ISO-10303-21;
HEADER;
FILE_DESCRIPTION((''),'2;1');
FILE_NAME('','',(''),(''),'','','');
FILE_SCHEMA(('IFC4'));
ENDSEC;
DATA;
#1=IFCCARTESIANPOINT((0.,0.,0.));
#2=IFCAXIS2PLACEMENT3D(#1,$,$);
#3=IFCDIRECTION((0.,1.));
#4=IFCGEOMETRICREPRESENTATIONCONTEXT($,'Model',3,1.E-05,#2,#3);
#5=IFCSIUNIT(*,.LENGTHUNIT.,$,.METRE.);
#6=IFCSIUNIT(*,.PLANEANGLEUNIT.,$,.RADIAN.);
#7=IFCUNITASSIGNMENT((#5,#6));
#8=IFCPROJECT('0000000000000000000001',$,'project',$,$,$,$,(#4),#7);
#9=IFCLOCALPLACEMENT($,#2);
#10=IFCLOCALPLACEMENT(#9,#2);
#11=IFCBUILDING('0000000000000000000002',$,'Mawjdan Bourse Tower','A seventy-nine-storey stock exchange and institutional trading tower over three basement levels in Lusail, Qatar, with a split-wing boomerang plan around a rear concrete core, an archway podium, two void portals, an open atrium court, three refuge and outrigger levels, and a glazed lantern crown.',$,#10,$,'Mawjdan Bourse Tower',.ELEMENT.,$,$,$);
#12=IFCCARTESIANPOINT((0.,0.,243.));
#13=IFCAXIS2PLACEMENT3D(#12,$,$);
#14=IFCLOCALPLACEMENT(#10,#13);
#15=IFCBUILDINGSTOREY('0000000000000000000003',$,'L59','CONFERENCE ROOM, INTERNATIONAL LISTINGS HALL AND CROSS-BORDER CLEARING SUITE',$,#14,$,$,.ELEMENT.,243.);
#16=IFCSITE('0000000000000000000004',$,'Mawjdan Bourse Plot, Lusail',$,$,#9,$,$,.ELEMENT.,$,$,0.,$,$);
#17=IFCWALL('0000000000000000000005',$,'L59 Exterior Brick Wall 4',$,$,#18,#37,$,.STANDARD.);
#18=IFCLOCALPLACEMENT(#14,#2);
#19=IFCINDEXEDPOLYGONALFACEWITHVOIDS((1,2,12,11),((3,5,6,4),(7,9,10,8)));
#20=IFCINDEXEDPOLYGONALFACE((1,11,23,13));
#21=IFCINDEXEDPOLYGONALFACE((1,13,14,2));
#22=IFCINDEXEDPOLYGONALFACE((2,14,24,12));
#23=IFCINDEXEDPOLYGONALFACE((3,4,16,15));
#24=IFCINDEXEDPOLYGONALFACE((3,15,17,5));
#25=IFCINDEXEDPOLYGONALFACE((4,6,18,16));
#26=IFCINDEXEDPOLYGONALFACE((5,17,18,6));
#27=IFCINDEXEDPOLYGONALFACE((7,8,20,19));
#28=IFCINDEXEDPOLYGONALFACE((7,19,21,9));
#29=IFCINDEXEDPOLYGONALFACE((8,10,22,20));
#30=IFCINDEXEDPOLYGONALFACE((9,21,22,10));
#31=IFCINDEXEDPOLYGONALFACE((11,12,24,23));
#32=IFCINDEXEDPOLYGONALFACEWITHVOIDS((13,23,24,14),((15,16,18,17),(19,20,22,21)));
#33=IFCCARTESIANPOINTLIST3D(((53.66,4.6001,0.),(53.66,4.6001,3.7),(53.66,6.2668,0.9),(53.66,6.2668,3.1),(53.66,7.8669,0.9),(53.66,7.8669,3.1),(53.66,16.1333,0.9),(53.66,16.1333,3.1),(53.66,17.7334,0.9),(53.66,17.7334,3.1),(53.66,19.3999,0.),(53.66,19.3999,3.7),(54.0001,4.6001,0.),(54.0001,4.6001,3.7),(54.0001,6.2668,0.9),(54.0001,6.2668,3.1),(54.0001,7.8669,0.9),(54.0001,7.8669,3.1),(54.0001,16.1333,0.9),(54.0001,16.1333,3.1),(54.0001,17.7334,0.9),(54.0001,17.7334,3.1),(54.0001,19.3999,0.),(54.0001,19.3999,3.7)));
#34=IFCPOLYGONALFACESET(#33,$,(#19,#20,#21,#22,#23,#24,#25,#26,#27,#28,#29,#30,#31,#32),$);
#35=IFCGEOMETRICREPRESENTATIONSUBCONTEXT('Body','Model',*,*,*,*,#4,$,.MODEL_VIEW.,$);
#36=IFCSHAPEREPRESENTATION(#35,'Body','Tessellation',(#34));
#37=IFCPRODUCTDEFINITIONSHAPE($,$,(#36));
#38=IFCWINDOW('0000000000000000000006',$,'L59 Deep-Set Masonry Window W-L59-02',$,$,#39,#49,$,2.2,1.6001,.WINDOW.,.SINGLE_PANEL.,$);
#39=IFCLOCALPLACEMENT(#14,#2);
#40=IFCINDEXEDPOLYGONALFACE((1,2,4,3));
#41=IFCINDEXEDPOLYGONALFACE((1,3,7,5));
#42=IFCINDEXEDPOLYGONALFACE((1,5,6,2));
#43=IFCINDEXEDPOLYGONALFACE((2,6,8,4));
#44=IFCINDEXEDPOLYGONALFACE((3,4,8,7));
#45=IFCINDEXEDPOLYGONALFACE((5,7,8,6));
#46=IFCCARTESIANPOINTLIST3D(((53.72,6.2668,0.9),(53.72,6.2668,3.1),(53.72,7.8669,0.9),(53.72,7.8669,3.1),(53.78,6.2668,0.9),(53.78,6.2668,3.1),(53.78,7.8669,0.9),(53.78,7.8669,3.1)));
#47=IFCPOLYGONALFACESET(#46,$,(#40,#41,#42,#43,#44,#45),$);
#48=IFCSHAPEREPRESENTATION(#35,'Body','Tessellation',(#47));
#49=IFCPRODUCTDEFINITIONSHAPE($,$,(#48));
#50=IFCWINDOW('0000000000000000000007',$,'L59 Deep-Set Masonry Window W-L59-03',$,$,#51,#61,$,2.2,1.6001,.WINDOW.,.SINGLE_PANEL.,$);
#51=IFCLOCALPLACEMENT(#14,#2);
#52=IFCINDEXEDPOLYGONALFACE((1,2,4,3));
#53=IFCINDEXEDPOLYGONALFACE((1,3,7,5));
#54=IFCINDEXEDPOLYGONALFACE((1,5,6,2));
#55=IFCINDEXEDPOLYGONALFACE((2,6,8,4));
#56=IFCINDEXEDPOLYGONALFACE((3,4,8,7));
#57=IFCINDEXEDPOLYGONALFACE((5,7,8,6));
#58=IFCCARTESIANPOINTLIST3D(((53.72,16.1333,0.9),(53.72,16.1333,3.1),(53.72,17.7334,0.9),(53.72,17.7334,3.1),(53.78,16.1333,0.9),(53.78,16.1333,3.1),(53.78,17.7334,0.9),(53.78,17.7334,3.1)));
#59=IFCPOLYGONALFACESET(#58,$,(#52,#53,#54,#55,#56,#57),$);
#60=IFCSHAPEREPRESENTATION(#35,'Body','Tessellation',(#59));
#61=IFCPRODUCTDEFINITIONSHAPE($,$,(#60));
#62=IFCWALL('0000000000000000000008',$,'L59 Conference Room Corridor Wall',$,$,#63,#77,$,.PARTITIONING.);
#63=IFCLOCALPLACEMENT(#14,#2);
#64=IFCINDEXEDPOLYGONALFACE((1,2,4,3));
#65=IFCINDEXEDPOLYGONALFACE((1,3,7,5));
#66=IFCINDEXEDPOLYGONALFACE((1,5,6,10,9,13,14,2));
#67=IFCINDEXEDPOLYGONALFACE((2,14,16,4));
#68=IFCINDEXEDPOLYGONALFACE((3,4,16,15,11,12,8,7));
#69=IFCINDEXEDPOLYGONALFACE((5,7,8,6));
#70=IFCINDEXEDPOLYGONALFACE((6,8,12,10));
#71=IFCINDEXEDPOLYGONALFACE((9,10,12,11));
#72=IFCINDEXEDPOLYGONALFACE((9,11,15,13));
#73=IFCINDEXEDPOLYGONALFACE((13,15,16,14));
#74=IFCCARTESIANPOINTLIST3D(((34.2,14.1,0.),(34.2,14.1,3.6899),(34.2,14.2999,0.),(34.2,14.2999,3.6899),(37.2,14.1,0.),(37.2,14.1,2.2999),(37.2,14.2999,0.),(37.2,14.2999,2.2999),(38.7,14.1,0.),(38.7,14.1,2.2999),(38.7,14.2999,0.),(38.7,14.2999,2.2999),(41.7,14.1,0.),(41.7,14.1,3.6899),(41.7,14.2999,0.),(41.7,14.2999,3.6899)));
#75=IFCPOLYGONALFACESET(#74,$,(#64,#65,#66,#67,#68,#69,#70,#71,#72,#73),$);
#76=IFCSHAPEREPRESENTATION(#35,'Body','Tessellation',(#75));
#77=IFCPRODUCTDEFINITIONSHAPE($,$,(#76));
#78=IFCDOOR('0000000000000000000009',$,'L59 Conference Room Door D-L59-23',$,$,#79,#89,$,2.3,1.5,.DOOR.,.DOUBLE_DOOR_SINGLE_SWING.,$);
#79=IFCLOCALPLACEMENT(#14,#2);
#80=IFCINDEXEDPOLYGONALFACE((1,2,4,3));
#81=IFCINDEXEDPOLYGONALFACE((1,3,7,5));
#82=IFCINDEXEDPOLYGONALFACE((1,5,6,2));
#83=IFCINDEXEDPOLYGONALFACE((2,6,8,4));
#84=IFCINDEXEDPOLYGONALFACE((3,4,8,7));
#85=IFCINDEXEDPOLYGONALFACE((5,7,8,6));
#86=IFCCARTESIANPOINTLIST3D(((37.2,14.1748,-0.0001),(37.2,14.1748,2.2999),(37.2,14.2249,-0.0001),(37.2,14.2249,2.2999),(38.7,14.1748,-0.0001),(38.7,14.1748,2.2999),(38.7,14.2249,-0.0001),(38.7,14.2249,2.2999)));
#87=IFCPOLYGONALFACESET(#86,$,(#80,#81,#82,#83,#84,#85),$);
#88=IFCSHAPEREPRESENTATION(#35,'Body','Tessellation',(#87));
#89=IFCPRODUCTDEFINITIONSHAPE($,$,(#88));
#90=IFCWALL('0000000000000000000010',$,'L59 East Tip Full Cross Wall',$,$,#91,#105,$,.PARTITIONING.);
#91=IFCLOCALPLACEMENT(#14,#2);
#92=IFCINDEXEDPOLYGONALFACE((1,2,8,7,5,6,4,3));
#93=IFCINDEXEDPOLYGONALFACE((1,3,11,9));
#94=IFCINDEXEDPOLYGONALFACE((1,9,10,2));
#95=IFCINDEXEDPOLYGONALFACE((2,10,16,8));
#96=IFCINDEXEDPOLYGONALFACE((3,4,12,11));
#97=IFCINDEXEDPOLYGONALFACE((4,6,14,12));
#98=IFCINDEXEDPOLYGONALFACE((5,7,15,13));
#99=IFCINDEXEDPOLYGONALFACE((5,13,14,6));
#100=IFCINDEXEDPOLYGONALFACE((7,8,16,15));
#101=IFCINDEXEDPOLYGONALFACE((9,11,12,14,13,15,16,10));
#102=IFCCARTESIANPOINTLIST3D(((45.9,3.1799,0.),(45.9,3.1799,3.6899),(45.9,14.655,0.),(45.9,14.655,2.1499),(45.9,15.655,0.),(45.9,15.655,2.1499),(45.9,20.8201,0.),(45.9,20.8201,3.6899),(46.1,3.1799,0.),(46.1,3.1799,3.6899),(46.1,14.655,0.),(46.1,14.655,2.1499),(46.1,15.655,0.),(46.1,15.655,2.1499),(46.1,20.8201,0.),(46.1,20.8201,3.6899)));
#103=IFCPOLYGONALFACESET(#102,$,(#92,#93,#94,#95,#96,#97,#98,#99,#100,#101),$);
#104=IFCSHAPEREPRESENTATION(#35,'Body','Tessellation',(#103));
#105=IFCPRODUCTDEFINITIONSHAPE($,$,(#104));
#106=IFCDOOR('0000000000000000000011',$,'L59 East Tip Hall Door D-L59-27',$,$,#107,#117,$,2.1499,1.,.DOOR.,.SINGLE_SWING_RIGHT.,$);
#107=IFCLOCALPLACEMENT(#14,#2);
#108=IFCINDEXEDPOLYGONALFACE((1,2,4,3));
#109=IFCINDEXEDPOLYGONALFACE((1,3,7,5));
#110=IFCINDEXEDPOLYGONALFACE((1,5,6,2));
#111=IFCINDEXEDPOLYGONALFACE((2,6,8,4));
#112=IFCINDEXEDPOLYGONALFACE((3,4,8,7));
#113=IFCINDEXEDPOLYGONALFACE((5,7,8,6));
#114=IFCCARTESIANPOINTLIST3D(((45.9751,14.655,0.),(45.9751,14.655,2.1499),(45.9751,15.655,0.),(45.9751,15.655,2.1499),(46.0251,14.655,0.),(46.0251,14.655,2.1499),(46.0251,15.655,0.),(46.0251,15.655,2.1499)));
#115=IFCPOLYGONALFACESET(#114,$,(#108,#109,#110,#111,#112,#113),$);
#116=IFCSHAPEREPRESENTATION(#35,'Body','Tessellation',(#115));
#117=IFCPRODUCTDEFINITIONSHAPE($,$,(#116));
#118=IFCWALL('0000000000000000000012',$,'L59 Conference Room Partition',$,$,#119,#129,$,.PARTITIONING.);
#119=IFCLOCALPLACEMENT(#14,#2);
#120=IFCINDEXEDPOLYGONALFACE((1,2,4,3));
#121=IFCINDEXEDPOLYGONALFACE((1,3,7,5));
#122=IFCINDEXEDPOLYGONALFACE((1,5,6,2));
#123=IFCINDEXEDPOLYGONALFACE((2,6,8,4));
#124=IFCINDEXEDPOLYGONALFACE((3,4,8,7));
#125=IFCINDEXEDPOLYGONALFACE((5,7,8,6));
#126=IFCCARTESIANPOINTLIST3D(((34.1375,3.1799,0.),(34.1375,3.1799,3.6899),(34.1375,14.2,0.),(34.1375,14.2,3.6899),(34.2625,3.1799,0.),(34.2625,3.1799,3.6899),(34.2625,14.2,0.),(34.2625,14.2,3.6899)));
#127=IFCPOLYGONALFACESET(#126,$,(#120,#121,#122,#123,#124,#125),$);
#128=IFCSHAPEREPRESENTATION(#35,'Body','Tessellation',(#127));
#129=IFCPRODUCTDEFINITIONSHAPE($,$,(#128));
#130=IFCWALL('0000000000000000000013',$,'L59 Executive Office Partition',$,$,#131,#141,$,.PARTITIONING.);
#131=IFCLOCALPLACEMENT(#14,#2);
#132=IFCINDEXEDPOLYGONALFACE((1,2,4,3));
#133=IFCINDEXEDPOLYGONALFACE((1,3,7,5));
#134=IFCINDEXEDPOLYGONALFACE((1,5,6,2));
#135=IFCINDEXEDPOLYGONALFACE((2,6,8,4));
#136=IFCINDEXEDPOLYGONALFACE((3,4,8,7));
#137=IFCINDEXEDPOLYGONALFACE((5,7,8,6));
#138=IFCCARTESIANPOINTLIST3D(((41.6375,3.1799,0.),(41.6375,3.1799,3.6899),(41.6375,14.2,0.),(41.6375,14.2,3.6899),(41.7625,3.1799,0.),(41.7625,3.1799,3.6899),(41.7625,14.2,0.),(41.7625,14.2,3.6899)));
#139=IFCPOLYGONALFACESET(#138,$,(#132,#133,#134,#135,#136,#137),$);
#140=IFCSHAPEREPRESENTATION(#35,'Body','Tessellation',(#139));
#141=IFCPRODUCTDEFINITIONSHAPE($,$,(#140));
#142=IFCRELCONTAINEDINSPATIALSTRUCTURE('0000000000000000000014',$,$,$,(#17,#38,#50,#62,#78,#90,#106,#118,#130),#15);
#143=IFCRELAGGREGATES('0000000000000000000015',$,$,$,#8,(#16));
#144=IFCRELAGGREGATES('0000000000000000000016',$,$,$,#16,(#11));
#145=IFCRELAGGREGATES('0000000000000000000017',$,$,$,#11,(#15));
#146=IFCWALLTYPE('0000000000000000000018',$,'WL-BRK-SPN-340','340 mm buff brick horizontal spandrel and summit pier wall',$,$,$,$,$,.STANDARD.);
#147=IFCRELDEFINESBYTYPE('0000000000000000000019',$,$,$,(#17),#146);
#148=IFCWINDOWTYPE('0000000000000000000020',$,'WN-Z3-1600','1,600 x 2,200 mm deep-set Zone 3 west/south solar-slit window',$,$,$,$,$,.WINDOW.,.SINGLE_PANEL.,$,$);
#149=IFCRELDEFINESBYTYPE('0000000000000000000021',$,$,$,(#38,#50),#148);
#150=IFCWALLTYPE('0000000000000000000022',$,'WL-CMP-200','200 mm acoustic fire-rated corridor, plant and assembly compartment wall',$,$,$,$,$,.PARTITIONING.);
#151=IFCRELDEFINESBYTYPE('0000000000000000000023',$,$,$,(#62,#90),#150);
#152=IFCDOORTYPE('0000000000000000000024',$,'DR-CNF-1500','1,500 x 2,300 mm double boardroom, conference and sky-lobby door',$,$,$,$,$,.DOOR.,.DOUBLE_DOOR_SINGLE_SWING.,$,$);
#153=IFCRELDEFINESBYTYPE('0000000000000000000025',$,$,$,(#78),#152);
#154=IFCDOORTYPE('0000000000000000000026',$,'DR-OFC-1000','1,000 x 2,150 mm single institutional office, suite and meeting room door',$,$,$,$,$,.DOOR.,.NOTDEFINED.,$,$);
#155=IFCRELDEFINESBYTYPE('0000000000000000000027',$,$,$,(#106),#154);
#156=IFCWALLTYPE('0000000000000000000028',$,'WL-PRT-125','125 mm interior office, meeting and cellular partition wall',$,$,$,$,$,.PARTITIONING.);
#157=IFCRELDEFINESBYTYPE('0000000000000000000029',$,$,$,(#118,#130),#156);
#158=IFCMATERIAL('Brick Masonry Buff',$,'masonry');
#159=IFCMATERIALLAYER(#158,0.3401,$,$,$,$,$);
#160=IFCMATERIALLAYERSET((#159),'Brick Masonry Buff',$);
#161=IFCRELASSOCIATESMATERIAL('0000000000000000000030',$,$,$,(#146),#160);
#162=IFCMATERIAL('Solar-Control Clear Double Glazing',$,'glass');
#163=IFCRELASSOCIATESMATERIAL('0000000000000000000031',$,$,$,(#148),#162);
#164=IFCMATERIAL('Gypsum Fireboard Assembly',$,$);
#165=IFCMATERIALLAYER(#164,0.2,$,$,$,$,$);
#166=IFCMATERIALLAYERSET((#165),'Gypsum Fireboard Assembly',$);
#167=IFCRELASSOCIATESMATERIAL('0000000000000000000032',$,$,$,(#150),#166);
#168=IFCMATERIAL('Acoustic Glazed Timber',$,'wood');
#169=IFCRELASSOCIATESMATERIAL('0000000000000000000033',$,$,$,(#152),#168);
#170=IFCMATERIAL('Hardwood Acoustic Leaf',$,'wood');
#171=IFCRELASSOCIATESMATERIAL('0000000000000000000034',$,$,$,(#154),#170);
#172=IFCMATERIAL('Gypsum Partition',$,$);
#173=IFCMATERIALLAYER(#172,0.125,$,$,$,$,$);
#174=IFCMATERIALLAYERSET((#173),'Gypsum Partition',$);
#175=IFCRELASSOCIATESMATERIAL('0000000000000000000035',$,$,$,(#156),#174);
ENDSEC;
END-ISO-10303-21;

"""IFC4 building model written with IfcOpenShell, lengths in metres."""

from ifc_helpers import new_model, si_unit, direction, frame, frame_2d, origin, place, context, subcontext, project, spatial, rectangle, extrude, material, layer, layer_set, type_object, element, fill, save


model = new_model("IFC4")

# Units and contexts
model_context = context("Model", 3, precision=1e-05, world=origin(), true_north=direction((0.0, 1.0)))
body_context = subcontext(model_context, "Body", "Model", "MODEL_VIEW")
ifc_project = project(units=[si_unit("LENGTHUNIT", "METRE"), si_unit("PLANEANGLEUNIT", "RADIAN")], contexts=[model_context])

# Site, building, storey
site_placement = place(None, origin())
site = spatial("IfcSite", under=ifc_project, at=site_placement, Name="Mawjdan Bourse Plot, Lusail", CompositionType="ELEMENT", RefElevation=0.0)
building_placement = place(site_placement, origin())
building = spatial("IfcBuilding", under=site, at=building_placement, Name="Mawjdan Bourse Tower", Description="A seventy-nine-storey stock exchange and institutional trading tower over three basement levels in Lusail, Qatar, with a split-wing boomerang plan around a rear concrete core, an archway podium, two void portals, an open atrium court, three refuge and outrigger levels, and a glazed lantern crown.", LongName="Mawjdan Bourse Tower", CompositionType="ELEMENT")
storey_placement = place(building_placement, frame((0.0, 0.0, 243.0)))
storey = spatial("IfcBuildingStorey", under=building, at=storey_placement, Name="L59", Description="CONFERENCE ROOM, INTERNATIONAL LISTINGS HALL AND CROSS-BORDER CLEARING SUITE", CompositionType="ELEMENT", Elevation=243.0)

# Shared definitions
ifc_material_1 = material(Name="Brick Masonry Buff", Category="masonry")
ifc_layer_1 = layer(ifc_material_1, 0.3401)
ifc_layer_set_1 = layer_set([ifc_layer_1], Name="Brick Masonry Buff")
wall_type_1 = type_object("IfcWallType", Name="WL-BRK-SPN-340", Description="340 mm buff brick horizontal spandrel and summit pier wall", PredefinedType="STANDARD", material=ifc_layer_set_1)

# Wall, openings, windows
wall_1_placement = place(storey_placement, frame((53.8301, 4.6001, 0.0), z_axis=(0.0, 0.0, 1.0), x_axis=(0.0, 1.0, 0.0)))
wall_1 = element("IfcWall", 1, at=wall_1_placement, inside=storey, type_object=wall_type_1, Name="L59 Exterior Brick Wall 4", PredefinedType="STANDARD", context=body_context, shape_type="SweptSolid", body=[
    extrude(rectangle(XDim=14.7998, YDim=0.3401, at=frame_2d((7.3999, 0.0))), origin(), (0.0, 0.0, 1.0), 3.7),
])
opening_1_placement = place(wall_1_placement, frame((1.6667, 0.0, 0.8999)))
opening_1 = element("IfcOpeningElement", 2, at=opening_1_placement, cuts=wall_1, PredefinedType="OPENING", context=body_context, shape_type="SweptSolid", body=[
    extrude(rectangle(XDim=1.6001, YDim=2.2, at=frame_2d((0.8, 1.1001))), frame((0.0, 0.1802, 0.0), z_axis=(0.0, -1.0, 0.0), x_axis=(1.0, 0.0, 0.0)), (0.0, 0.0, 1.0), 0.3601),
])
opening_2_placement = place(wall_1_placement, frame((11.5332, 0.0, 0.8999)))
opening_2 = element("IfcOpeningElement", 3, at=opening_2_placement, cuts=wall_1, PredefinedType="OPENING", context=body_context, shape_type="SweptSolid", body=[
    extrude(rectangle(XDim=1.6001, YDim=2.2, at=frame_2d((0.8, 1.1001))), frame((0.0, 0.1802, 0.0), z_axis=(0.0, -1.0, 0.0), x_axis=(1.0, 0.0, 0.0)), (0.0, 0.0, 1.0), 0.3601),
])
ifc_material_2 = material(Name="Solar-Control Clear Double Glazing", Category="glass")
window_type = type_object("IfcWindowType", Name="WN-Z3-1600", Description="1,600 x 2,200 mm deep-set Zone 3 west/south solar-slit window", PartitioningType="SINGLE_PANEL", PredefinedType="WINDOW", material=ifc_material_2)
window_1_placement = place(opening_1_placement, origin())
window_1 = element("IfcWindow", 4, at=window_1_placement, inside=storey, type_object=window_type, Name="L59 Deep-Set Masonry Window W-L59-02", OverallHeight=2.2, OverallWidth=1.6001, PartitioningType="SINGLE_PANEL", PredefinedType="WINDOW", context=body_context, shape_type="SweptSolid", body=[
    extrude(rectangle(XDim=1.6001, YDim=2.2, at=frame_2d((0.8, 1.1001))), frame((0.0, 0.1101, 0.0), z_axis=(0.0, -1.0, 0.0), x_axis=(1.0, 0.0, 0.0)), (0.0, 0.0, 1.0), 0.0601),
])
fill(opening_1, window_1)
window_2_placement = place(opening_2_placement, origin())
window_2 = element("IfcWindow", 5, at=window_2_placement, inside=storey, type_object=window_type, Name="L59 Deep-Set Masonry Window W-L59-03", OverallHeight=2.2, OverallWidth=1.6001, PartitioningType="SINGLE_PANEL", PredefinedType="WINDOW", context=body_context, shape_type="SweptSolid", body=[
    extrude(rectangle(XDim=1.6001, YDim=2.2, at=frame_2d((0.8, 1.1001))), frame((0.0, 0.1101, 0.0), z_axis=(0.0, -1.0, 0.0), x_axis=(1.0, 0.0, 0.0)), (0.0, 0.0, 1.0), 0.0601),
])
fill(opening_2, window_2)

# Walls, openings, doors
ifc_material_3 = material(Name="Gypsum Fireboard Assembly")
ifc_layer_2 = layer(ifc_material_3, 0.2)
ifc_layer_set_2 = layer_set([ifc_layer_2], Name="Gypsum Fireboard Assembly")
wall_type_2 = type_object("IfcWallType", Name="WL-CMP-200", Description="200 mm acoustic fire-rated corridor, plant and assembly compartment wall", PredefinedType="PARTITIONING", material=ifc_layer_set_2)
wall_2_placement = place(storey_placement, frame((34.2, 14.2, 0.0), z_axis=(0.0, 0.0, 1.0), x_axis=(1.0, 0.0, 0.0)))
wall_2 = element("IfcWall", 6, at=wall_2_placement, inside=storey, type_object=wall_type_2, Name="L59 Conference Room Corridor Wall", PredefinedType="PARTITIONING", context=body_context, shape_type="SweptSolid", body=[
    extrude(rectangle(XDim=7.5, YDim=0.2, at=frame_2d((3.75, 0.0))), origin(), (0.0, 0.0, 1.0), 3.6899),
])
opening_3_placement = place(wall_2_placement, frame((3.0, 0.0, 0.0)))
opening_3 = element("IfcOpeningElement", 7, at=opening_3_placement, cuts=wall_2, PredefinedType="OPENING", context=body_context, shape_type="SweptSolid", body=[
    extrude(rectangle(XDim=1.5, YDim=2.3, at=frame_2d((0.75, 1.1499))), frame((0.0, 0.1099, 0.0), z_axis=(0.0, -1.0, 0.0), x_axis=(1.0, 0.0, 0.0)), (0.0, 0.0, 1.0), 0.22),
])
ifc_material_4 = material(Name="Acoustic Glazed Timber", Category="wood")
door_type_1 = type_object("IfcDoorType", Name="DR-CNF-1500", Description="1,500 x 2,300 mm double boardroom, conference and sky-lobby door", OperationType="DOUBLE_DOOR_SINGLE_SWING", PredefinedType="DOOR", material=ifc_material_4)
door_1_placement = place(opening_3_placement, origin())
door_1 = element("IfcDoor", 8, at=door_1_placement, inside=storey, type_object=door_type_1, Name="L59 Conference Room Door D-L59-23", OperationType="DOUBLE_DOOR_SINGLE_SWING", OverallHeight=2.3, OverallWidth=1.5, PredefinedType="DOOR", context=body_context, shape_type="SweptSolid", body=[
    extrude(rectangle(XDim=1.5, YDim=2.3, at=frame_2d((0.75, 1.1499))), frame((0.0, 0.0249, 0.0), z_axis=(0.0, -1.0, 0.0), x_axis=(1.0, 0.0, 0.0)), (0.0, 0.0, 1.0), 0.05),
])
fill(opening_3, door_1)
ifc_material_5 = material(Name="Hardwood Acoustic Leaf", Category="wood")
door_type_2 = type_object("IfcDoorType", Name="DR-OFC-1000", Description="1,000 x 2,150 mm single institutional office, suite and meeting room door", OperationType="NOTDEFINED", PredefinedType="DOOR", material=ifc_material_5)
wall_3_placement = place(storey_placement, frame((46.0, 3.1799, 0.0), z_axis=(0.0, 0.0, 1.0), x_axis=(0.0, 1.0, 0.0)))
wall_3 = element("IfcWall", 9, at=wall_3_placement, inside=storey, type_object=wall_type_2, Name="L59 East Tip Full Cross Wall", PredefinedType="PARTITIONING", context=body_context, shape_type="SweptSolid", body=[
    extrude(rectangle(XDim=17.6401, YDim=0.2, at=frame_2d((8.8201, 0.0))), origin(), (0.0, 0.0, 1.0), 3.6899),
])
opening_4_placement = place(wall_3_placement, frame((11.4751, 0.0, 0.0)))
opening_4 = element("IfcOpeningElement", 10, at=opening_4_placement, cuts=wall_3, PredefinedType="OPENING", context=body_context, shape_type="SweptSolid", body=[
    extrude(rectangle(XDim=1.0, YDim=2.1499, at=frame_2d((0.5, 1.075))), frame((0.0, 0.1099, 0.0), z_axis=(0.0, -1.0, 0.0), x_axis=(1.0, 0.0, 0.0)), (0.0, 0.0, 1.0), 0.22),
])
door_2_placement = place(opening_4_placement, origin())
door_2 = element("IfcDoor", 11, at=door_2_placement, inside=storey, type_object=door_type_2, Name="L59 East Tip Hall Door D-L59-27", OperationType="SINGLE_SWING_RIGHT", OverallHeight=2.1499, OverallWidth=1.0, PredefinedType="DOOR", context=body_context, shape_type="SweptSolid", body=[
    extrude(rectangle(XDim=1.0, YDim=2.1499, at=frame_2d((0.5, 1.075))), frame((0.0, 0.0249, 0.0), z_axis=(0.0, -1.0, 0.0), x_axis=(1.0, 0.0, 0.0)), (0.0, 0.0, 1.0), 0.05),
])
fill(opening_4, door_2)

# Walls
ifc_material_6 = material(Name="Gypsum Partition")
ifc_layer_3 = layer(ifc_material_6, 0.125)
ifc_layer_set_3 = layer_set([ifc_layer_3], Name="Gypsum Partition")
wall_type_3 = type_object("IfcWallType", Name="WL-PRT-125", Description="125 mm interior office, meeting and cellular partition wall", PredefinedType="PARTITIONING", material=ifc_layer_set_3)
for number, where, z_axis, x_axis, name in (
    (12, (34.2, 3.1799, 0.0), (0.0, 0.0, 1.0), (0.0, 1.0, 0.0), "L59 Conference Room Partition"),
    (13, (41.7, 3.1799, 0.0), (0.0, 0.0, 1.0), (0.0, 1.0, 0.0), "L59 Executive Office Partition"),
):
    element("IfcWall", number, at=place(storey_placement, frame(where, z_axis=z_axis, x_axis=x_axis)), inside=storey, type_object=wall_type_3, Name=name, PredefinedType="PARTITIONING", context=body_context, shape_type="SweptSolid", body=[
        extrude(rectangle(XDim=11.02, YDim=0.125, at=frame_2d((5.51, 0.0))), origin(), (0.0, 0.0, 1.0), 3.6899),
    ])

save(model, "model.ifc")
